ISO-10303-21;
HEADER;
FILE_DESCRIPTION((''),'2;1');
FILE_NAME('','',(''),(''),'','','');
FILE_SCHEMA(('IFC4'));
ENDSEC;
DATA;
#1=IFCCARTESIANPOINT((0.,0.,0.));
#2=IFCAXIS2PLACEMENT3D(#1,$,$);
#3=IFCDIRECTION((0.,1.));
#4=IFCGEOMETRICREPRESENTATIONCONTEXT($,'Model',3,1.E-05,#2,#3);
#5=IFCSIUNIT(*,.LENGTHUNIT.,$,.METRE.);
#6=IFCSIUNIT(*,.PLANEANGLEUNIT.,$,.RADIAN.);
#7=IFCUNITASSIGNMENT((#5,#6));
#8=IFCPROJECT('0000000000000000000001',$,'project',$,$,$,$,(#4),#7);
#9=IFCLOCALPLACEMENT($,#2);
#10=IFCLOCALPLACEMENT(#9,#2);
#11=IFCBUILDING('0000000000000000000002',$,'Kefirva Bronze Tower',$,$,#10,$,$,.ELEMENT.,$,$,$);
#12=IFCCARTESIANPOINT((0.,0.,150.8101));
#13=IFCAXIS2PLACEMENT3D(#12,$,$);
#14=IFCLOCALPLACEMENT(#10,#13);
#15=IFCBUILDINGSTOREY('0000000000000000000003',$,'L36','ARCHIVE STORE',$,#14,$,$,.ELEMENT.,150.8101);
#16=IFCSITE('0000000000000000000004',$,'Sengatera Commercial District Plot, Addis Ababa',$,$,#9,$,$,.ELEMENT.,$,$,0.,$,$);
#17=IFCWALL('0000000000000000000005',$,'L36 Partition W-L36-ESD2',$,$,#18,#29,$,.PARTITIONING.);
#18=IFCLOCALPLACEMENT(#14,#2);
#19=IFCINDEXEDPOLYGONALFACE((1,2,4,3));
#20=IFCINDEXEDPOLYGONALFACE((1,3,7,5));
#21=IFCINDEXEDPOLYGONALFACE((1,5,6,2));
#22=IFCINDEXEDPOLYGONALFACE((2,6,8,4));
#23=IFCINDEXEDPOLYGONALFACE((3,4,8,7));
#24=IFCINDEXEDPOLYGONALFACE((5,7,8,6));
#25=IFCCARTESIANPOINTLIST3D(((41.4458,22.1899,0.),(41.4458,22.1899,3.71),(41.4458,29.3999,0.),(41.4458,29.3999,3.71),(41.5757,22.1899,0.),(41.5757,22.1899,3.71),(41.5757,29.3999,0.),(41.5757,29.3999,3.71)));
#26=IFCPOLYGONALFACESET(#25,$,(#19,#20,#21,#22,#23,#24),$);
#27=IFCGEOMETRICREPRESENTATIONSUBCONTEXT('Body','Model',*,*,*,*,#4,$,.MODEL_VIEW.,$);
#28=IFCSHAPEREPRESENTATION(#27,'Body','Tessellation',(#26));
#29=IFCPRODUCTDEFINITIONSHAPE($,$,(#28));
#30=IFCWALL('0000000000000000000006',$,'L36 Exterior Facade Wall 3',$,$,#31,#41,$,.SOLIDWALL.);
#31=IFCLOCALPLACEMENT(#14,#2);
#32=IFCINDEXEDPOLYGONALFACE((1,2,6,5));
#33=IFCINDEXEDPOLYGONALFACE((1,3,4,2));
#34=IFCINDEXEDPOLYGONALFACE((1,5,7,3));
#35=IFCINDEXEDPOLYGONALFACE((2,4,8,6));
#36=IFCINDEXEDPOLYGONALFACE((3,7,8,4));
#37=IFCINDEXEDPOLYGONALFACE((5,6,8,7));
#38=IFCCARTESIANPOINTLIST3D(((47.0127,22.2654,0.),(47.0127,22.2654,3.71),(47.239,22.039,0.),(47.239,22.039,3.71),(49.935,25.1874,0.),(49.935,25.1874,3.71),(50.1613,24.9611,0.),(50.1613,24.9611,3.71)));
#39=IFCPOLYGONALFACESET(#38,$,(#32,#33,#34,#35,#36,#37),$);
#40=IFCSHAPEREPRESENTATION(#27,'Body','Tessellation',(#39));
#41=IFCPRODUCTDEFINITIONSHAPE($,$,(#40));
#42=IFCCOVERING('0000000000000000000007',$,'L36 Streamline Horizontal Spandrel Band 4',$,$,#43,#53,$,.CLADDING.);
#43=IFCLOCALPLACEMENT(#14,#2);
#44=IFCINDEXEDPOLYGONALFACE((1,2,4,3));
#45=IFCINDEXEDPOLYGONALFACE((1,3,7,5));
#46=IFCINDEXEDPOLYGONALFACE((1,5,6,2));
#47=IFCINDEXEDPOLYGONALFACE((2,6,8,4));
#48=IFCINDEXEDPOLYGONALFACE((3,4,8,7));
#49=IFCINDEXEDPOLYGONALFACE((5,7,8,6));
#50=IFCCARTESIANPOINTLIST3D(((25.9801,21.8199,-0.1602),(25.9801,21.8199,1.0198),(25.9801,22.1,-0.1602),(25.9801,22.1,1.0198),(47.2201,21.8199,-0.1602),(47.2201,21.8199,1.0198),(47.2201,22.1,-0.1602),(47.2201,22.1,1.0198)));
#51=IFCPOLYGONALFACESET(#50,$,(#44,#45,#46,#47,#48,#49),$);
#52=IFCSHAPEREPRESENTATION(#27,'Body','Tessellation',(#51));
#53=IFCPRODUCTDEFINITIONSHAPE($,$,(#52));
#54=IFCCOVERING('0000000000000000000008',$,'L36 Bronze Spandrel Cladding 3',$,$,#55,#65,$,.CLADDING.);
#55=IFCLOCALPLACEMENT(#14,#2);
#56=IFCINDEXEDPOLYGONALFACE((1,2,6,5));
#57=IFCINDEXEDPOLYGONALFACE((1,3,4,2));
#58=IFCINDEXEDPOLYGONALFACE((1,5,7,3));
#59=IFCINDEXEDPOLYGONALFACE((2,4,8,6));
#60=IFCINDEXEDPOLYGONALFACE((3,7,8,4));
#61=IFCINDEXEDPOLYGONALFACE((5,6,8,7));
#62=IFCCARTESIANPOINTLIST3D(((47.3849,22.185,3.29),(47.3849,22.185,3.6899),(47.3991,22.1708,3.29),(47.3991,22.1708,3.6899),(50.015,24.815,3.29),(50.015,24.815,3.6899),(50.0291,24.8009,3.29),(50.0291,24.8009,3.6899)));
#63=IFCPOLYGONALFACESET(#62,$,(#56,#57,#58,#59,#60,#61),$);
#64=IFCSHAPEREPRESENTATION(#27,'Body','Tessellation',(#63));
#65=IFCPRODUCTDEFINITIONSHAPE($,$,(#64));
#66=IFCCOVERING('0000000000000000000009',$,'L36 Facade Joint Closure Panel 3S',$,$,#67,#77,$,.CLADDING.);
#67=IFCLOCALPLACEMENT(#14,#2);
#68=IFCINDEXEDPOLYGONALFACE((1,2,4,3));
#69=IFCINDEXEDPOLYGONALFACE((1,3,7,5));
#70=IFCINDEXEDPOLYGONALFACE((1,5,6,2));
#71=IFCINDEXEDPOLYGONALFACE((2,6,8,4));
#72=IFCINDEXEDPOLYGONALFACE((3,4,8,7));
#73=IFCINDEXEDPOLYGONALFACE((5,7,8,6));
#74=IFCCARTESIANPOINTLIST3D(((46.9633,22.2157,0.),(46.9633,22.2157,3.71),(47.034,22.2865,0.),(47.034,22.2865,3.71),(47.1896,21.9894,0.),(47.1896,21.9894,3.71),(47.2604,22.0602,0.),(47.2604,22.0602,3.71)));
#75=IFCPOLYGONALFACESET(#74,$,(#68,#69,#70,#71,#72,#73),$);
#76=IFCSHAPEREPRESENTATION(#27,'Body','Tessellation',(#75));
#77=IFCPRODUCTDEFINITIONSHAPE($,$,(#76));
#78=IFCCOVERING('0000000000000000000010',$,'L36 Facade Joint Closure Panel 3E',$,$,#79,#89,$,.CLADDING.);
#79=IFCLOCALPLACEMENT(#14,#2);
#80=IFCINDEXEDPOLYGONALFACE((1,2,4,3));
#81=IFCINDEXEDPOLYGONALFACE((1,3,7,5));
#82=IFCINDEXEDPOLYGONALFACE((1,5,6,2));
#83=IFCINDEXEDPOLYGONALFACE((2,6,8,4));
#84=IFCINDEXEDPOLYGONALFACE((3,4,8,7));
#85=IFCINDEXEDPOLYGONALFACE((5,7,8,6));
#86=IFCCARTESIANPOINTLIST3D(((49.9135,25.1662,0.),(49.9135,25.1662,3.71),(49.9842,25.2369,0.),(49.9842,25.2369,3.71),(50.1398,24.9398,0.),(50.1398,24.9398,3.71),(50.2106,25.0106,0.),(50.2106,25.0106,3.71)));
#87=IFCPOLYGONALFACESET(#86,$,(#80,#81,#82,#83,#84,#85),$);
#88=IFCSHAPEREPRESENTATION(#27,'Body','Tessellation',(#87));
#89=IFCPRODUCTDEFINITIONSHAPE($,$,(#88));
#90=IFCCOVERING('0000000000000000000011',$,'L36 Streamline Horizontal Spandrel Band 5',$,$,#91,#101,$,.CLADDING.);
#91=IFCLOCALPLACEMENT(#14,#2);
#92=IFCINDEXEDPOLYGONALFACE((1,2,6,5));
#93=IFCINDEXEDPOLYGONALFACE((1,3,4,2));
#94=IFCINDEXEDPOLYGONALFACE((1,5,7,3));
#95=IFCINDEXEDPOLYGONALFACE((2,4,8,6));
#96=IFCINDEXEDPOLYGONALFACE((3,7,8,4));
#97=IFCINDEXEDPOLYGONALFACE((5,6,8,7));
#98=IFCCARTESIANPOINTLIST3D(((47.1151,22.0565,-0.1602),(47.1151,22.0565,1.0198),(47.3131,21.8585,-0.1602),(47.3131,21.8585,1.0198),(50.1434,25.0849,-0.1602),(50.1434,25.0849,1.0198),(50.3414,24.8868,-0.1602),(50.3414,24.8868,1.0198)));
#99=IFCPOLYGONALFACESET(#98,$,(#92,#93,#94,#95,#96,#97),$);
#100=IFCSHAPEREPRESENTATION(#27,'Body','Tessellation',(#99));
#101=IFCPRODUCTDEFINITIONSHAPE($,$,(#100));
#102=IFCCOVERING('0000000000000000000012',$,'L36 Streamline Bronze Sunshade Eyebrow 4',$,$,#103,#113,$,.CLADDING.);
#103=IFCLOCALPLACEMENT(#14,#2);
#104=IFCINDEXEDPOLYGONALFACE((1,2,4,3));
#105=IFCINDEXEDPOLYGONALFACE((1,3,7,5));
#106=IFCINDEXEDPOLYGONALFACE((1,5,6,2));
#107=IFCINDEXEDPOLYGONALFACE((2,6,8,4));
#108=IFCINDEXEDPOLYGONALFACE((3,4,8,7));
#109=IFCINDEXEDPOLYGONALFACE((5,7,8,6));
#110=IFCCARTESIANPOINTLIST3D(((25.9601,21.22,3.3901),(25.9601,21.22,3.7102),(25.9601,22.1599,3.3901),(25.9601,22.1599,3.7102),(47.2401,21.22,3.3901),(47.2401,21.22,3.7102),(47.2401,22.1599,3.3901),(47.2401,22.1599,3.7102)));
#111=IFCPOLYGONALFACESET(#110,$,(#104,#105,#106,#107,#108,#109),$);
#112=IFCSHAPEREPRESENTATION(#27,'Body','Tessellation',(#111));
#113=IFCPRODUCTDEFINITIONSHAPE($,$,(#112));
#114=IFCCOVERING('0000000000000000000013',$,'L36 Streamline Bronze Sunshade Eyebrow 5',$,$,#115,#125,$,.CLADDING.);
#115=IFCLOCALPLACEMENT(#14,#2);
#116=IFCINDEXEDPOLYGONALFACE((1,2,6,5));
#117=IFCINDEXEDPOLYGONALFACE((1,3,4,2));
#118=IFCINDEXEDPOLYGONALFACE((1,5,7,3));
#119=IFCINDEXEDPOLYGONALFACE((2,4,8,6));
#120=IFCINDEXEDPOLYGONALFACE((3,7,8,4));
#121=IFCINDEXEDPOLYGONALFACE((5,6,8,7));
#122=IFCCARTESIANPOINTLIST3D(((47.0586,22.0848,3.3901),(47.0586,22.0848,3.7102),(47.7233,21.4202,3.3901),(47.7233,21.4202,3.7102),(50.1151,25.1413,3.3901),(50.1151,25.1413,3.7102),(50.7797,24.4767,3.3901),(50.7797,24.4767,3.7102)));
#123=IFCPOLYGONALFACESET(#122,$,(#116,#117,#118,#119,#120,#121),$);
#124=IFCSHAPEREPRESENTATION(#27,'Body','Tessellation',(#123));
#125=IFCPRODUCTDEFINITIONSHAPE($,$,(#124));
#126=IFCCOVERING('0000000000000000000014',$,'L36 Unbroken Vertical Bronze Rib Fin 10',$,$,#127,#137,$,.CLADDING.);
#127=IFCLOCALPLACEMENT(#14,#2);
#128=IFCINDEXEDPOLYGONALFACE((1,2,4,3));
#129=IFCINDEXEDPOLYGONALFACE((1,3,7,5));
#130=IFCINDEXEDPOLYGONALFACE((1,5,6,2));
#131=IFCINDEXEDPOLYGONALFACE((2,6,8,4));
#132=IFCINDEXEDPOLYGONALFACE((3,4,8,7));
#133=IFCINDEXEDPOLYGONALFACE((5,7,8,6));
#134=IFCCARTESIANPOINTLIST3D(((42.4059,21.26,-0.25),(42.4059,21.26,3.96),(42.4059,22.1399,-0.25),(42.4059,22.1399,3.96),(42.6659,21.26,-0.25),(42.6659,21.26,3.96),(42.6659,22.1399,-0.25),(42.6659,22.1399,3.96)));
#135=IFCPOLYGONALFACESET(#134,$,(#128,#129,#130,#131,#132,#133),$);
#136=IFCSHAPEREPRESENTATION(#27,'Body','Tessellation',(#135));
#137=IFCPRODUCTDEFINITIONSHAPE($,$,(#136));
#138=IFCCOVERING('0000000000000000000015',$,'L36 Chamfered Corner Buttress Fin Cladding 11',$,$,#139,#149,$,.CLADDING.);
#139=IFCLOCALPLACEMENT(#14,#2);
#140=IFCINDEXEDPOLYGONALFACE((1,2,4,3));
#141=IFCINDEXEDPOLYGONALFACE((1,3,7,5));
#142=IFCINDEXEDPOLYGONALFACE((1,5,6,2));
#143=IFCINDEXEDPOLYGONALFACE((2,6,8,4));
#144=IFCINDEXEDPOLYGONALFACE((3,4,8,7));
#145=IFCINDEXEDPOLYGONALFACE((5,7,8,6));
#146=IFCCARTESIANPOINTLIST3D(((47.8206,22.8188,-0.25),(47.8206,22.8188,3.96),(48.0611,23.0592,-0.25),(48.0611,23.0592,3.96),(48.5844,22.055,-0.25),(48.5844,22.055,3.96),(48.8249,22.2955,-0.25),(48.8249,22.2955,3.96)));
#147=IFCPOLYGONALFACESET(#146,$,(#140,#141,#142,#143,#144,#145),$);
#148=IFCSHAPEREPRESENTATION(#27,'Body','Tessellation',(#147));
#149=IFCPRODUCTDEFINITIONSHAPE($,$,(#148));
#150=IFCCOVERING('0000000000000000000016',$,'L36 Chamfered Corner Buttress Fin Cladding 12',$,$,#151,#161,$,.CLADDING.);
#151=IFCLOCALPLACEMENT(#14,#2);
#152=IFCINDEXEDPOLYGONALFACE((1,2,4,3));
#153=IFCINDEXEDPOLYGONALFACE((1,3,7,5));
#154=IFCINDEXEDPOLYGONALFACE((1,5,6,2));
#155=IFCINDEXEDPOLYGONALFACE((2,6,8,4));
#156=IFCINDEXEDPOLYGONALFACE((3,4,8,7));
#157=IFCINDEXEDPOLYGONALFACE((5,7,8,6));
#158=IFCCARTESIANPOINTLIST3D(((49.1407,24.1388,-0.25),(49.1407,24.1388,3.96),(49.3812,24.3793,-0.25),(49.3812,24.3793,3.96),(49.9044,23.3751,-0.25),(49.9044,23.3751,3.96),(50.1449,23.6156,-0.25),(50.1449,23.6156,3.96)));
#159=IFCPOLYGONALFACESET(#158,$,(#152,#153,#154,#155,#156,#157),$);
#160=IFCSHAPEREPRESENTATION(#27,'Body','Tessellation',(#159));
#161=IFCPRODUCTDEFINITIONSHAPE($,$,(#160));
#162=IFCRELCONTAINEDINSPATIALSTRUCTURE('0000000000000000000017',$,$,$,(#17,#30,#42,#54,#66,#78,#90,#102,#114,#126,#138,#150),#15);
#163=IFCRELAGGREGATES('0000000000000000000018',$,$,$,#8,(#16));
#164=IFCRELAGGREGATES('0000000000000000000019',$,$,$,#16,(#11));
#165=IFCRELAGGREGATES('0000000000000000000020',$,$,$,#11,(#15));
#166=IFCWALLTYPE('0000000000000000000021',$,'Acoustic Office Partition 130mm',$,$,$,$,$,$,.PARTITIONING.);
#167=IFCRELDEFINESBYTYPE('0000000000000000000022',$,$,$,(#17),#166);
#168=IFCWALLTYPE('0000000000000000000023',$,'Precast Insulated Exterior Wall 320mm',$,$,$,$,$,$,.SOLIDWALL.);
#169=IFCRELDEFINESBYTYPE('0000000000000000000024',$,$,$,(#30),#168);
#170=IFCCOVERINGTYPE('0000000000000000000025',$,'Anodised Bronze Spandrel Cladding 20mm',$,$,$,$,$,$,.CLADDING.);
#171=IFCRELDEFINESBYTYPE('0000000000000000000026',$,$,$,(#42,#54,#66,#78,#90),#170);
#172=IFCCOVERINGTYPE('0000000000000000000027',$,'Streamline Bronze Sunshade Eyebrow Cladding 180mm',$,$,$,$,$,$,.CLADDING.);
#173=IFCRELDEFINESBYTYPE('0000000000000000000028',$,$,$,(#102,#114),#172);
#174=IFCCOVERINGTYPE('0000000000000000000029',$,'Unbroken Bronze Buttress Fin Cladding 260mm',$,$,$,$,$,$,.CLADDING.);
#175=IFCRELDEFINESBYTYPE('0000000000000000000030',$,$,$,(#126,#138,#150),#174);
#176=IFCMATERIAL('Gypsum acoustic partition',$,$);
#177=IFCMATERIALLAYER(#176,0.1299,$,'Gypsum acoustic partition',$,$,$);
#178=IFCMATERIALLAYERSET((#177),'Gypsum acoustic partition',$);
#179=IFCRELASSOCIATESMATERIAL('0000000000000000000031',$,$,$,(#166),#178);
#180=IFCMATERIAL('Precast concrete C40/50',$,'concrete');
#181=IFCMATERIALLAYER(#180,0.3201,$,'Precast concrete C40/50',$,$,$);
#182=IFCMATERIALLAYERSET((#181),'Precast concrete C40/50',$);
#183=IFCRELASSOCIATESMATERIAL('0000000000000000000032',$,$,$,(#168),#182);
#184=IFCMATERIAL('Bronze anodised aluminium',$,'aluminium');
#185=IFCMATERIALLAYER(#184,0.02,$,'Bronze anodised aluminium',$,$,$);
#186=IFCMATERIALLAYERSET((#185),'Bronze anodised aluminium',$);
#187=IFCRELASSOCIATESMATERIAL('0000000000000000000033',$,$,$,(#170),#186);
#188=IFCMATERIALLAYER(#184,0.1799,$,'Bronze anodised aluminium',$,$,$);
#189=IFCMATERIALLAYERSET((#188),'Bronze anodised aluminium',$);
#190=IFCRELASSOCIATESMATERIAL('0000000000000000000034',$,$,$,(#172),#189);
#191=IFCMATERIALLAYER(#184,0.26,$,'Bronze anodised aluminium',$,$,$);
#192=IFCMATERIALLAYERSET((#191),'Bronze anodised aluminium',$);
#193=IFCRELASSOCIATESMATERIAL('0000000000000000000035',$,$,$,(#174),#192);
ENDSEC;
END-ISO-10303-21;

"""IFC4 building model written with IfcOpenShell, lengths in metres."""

from ifc_helpers import new_model, si_unit, direction, frame, frame_2d, origin, origin_2d, place, context, subcontext, project, spatial, rectangle, extrude, material, layer, layer_set, type_object, element, save


model = new_model("IFC4")

# Units and contexts
model_context = context("Model", 3, precision=1e-05, world=origin(), true_north=direction((0.0, 1.0)))
body_context = subcontext(model_context, "Body", "Model", "MODEL_VIEW")
ifc_project = project(units=[si_unit("LENGTHUNIT", "METRE"), si_unit("PLANEANGLEUNIT", "RADIAN")], contexts=[model_context])

# Site, building, storey
site_placement = place(None, origin())
site = spatial("IfcSite", under=ifc_project, at=site_placement, Name="Sengatera Commercial District Plot, Addis Ababa", CompositionType="ELEMENT", RefElevation=0.0)
building_placement = place(site_placement, origin())
building = spatial("IfcBuilding", under=site, at=building_placement, Name="Kefirva Bronze Tower", CompositionType="ELEMENT")
storey_placement = place(building_placement, frame((0.0, 0.0, 150.8101)))
storey = spatial("IfcBuildingStorey", under=building, at=storey_placement, Name="L36", Description="ARCHIVE STORE", CompositionType="ELEMENT", Elevation=150.8101)

# Shared definitions
ifc_material_1 = material(Name="Bronze anodised aluminium", Category="aluminium")

# Walls
ifc_material_2 = material(Name="Gypsum acoustic partition")
ifc_layer_1 = layer(ifc_material_2, 0.1299, Name="Gypsum acoustic partition")
ifc_layer_set_1 = layer_set([ifc_layer_1], Name="Gypsum acoustic partition")
wall_type_1 = type_object("IfcWallType", Name="Acoustic Office Partition 130mm", PredefinedType="PARTITIONING", material=ifc_layer_set_1)
wall_1_placement = place(storey_placement, frame((41.5107, 22.1899, 0.0), z_axis=(0.0, 0.0, 1.0), x_axis=(0.0, 1.0, 0.0)))
element("IfcWall", 1, at=wall_1_placement, inside=storey, type_object=wall_type_1, Name="L36 Partition W-L36-ESD2", PredefinedType="PARTITIONING", context=body_context, shape_type="SweptSolid", body=[
    extrude(rectangle(XDim=7.21, YDim=0.1299, at=frame_2d((3.605, 0.0))), origin(), (0.0, 0.0, 1.0), 3.71),
])
ifc_material_3 = material(Name="Precast concrete C40/50", Category="concrete")
ifc_layer_2 = layer(ifc_material_3, 0.3201, Name="Precast concrete C40/50")
ifc_layer_set_2 = layer_set([ifc_layer_2], Name="Precast concrete C40/50")
wall_type_2 = type_object("IfcWallType", Name="Precast Insulated Exterior Wall 320mm", PredefinedType="SOLIDWALL", material=ifc_layer_set_2)
wall_2_placement = place(storey_placement, frame((47.1257, 22.1521, 0.0), z_axis=(0.0, 0.0, 1.0), x_axis=(0.707136, 0.707077, 0.0)))
element("IfcWall", 2, at=wall_2_placement, inside=storey, type_object=wall_type_2, Name="L36 Exterior Facade Wall 3", PredefinedType="SOLIDWALL", context=body_context, shape_type="SweptSolid", body=[
    extrude(rectangle(XDim=4.1326, YDim=0.3201, at=frame_2d((2.0664, 0.0))), origin(), (0.0, 0.0, 1.0), 3.71),
])

# Coverings
ifc_layer_3 = layer(ifc_material_1, 0.02, Name="Bronze anodised aluminium")
ifc_layer_set_3 = layer_set([ifc_layer_3], Name="Bronze anodised aluminium")
covering_type_1 = type_object("IfcCoveringType", Name="Anodised Bronze Spandrel Cladding 20mm", PredefinedType="CLADDING", material=ifc_layer_set_3)
covering_1_placement = place(storey_placement, frame((36.6001, 21.96, -0.1602), z_axis=(0.0, 0.0, 1.0), x_axis=(1.0, 0.0, 0.0)))
element("IfcCovering", 3, at=covering_1_placement, inside=storey, type_object=covering_type_1, Name="L36 Streamline Horizontal Spandrel Band 4", PredefinedType="CLADDING", context=body_context, shape_type="SweptSolid", body=[
    extrude(rectangle(XDim=21.24, YDim=0.28, at=origin_2d()), origin(), (0.0, 0.0, 1.0), 1.1799),
])
covering_2_placement = place(storey_placement, frame((48.707, 23.4929, 3.29), z_axis=(0.0, 0.0, 1.0), x_axis=(0.707107, 0.707107, 0.0)))
element("IfcCovering", 4, at=covering_2_placement, inside=storey, type_object=covering_type_1, Name="L36 Bronze Spandrel Cladding 3", PredefinedType="CLADDING", context=body_context, shape_type="SweptSolid", body=[
    extrude(rectangle(XDim=3.7195, YDim=0.02, at=origin_2d()), origin(), (0.0, 0.0, 1.0), 0.3999),
])
for number, where, z_axis, x_axis, name in (
    (5, (47.1118, 22.1379, 0.0), (0.0, 0.0, 1.0), (0.707107, 0.707107, 0.0), "L36 Facade Joint Closure Panel 3S"),
    (6, (50.062, 25.0884, 0.0), (0.0, 0.0, 1.0), (0.707107, 0.707107, 0.0), "L36 Facade Joint Closure Panel 3E"),
):
    element("IfcCovering", number, at=place(storey_placement, frame(where, z_axis=z_axis, x_axis=x_axis)), inside=storey, type_object=covering_type_1, Name=name, PredefinedType="CLADDING", context=body_context, shape_type="SweptSolid", body=[
        extrude(rectangle(XDim=0.1001, YDim=0.3201, at=origin_2d()), origin(), (0.0, 0.0, 1.0), 3.71),
    ])
covering_3_placement = place(storey_placement, frame((48.7283, 23.4717, -0.1602), z_axis=(0.0, 0.0, 1.0), x_axis=(0.707107, 0.707107, 0.0)))
element("IfcCovering", 7, at=covering_3_placement, inside=storey, type_object=covering_type_1, Name="L36 Streamline Horizontal Spandrel Band 5", PredefinedType="CLADDING", context=body_context, shape_type="SweptSolid", body=[
    extrude(rectangle(XDim=4.2827, YDim=0.28, at=origin_2d()), origin(), (0.0, 0.0, 1.0), 1.1799),
])
ifc_layer_4 = layer(ifc_material_1, 0.1799, Name="Bronze anodised aluminium")
ifc_layer_set_4 = layer_set([ifc_layer_4], Name="Bronze anodised aluminium")
covering_type_2 = type_object("IfcCoveringType", Name="Streamline Bronze Sunshade Eyebrow Cladding 180mm", PredefinedType="CLADDING", material=ifc_layer_set_4)
covering_4_placement = place(storey_placement, frame((36.6001, 21.6899, 3.3901), z_axis=(0.0, 0.0, 1.0), x_axis=(1.0, 0.0, 0.0)))
element("IfcCovering", 8, at=covering_4_placement, inside=storey, type_object=covering_type_2, Name="L36 Streamline Bronze Sunshade Eyebrow 4", PredefinedType="CLADDING", context=body_context, shape_type="SweptSolid", body=[
    extrude(rectangle(XDim=21.28, YDim=0.9399, at=origin_2d()), origin(), (0.0, 0.0, 1.0), 0.3201),
])
covering_5_placement = place(storey_placement, frame((48.9192, 23.2808, 3.3901), z_axis=(0.0, 0.0, 1.0), x_axis=(0.707107, 0.707107, 0.0)))
element("IfcCovering", 9, at=covering_5_placement, inside=storey, type_object=covering_type_2, Name="L36 Streamline Bronze Sunshade Eyebrow 5", PredefinedType="CLADDING", context=body_context, shape_type="SweptSolid", body=[
    extrude(rectangle(XDim=4.3225, YDim=0.9399, at=origin_2d()), origin(), (0.0, 0.0, 1.0), 0.3201),
])
ifc_layer_5 = layer(ifc_material_1, 0.26, Name="Bronze anodised aluminium")
ifc_layer_set_5 = layer_set([ifc_layer_5], Name="Bronze anodised aluminium")
covering_type_3 = type_object("IfcCoveringType", Name="Unbroken Bronze Buttress Fin Cladding 260mm", PredefinedType="CLADDING", material=ifc_layer_set_5)
covering_6_placement = place(storey_placement, frame((42.5359, 21.7, -0.25), z_axis=(0.0, 0.0, 1.0), x_axis=(1.0, 0.0, 0.0)))
element("IfcCovering", 10, at=covering_6_placement, inside=storey, type_object=covering_type_3, Name="L36 Unbroken Vertical Bronze Rib Fin 10", PredefinedType="CLADDING", context=body_context, shape_type="SweptSolid", body=[
    extrude(rectangle(XDim=0.26, YDim=0.8799, at=origin_2d()), origin(), (0.0, 0.0, 1.0), 4.21),
])
for number, where, z_axis, x_axis, name in (
    (11, (48.3228, 22.5571, -0.25), (0.0, 0.0, 1.0), (0.707107, 0.707107, 0.0), "L36 Chamfered Corner Buttress Fin Cladding 11"),
    (12, (49.6428, 23.8772, -0.25), (0.0, 0.0, 1.0), (0.707107, 0.707107, 0.0), "L36 Chamfered Corner Buttress Fin Cladding 12"),
):
    element("IfcCovering", number, at=place(storey_placement, frame(where, z_axis=z_axis, x_axis=x_axis)), inside=storey, type_object=covering_type_3, Name=name, PredefinedType="CLADDING", context=body_context, shape_type="SweptSolid", body=[
        extrude(rectangle(XDim=0.3401, YDim=1.0801, at=origin_2d()), origin(), (0.0, 0.0, 1.0), 4.21),
    ])

save(model, "model.ifc")
